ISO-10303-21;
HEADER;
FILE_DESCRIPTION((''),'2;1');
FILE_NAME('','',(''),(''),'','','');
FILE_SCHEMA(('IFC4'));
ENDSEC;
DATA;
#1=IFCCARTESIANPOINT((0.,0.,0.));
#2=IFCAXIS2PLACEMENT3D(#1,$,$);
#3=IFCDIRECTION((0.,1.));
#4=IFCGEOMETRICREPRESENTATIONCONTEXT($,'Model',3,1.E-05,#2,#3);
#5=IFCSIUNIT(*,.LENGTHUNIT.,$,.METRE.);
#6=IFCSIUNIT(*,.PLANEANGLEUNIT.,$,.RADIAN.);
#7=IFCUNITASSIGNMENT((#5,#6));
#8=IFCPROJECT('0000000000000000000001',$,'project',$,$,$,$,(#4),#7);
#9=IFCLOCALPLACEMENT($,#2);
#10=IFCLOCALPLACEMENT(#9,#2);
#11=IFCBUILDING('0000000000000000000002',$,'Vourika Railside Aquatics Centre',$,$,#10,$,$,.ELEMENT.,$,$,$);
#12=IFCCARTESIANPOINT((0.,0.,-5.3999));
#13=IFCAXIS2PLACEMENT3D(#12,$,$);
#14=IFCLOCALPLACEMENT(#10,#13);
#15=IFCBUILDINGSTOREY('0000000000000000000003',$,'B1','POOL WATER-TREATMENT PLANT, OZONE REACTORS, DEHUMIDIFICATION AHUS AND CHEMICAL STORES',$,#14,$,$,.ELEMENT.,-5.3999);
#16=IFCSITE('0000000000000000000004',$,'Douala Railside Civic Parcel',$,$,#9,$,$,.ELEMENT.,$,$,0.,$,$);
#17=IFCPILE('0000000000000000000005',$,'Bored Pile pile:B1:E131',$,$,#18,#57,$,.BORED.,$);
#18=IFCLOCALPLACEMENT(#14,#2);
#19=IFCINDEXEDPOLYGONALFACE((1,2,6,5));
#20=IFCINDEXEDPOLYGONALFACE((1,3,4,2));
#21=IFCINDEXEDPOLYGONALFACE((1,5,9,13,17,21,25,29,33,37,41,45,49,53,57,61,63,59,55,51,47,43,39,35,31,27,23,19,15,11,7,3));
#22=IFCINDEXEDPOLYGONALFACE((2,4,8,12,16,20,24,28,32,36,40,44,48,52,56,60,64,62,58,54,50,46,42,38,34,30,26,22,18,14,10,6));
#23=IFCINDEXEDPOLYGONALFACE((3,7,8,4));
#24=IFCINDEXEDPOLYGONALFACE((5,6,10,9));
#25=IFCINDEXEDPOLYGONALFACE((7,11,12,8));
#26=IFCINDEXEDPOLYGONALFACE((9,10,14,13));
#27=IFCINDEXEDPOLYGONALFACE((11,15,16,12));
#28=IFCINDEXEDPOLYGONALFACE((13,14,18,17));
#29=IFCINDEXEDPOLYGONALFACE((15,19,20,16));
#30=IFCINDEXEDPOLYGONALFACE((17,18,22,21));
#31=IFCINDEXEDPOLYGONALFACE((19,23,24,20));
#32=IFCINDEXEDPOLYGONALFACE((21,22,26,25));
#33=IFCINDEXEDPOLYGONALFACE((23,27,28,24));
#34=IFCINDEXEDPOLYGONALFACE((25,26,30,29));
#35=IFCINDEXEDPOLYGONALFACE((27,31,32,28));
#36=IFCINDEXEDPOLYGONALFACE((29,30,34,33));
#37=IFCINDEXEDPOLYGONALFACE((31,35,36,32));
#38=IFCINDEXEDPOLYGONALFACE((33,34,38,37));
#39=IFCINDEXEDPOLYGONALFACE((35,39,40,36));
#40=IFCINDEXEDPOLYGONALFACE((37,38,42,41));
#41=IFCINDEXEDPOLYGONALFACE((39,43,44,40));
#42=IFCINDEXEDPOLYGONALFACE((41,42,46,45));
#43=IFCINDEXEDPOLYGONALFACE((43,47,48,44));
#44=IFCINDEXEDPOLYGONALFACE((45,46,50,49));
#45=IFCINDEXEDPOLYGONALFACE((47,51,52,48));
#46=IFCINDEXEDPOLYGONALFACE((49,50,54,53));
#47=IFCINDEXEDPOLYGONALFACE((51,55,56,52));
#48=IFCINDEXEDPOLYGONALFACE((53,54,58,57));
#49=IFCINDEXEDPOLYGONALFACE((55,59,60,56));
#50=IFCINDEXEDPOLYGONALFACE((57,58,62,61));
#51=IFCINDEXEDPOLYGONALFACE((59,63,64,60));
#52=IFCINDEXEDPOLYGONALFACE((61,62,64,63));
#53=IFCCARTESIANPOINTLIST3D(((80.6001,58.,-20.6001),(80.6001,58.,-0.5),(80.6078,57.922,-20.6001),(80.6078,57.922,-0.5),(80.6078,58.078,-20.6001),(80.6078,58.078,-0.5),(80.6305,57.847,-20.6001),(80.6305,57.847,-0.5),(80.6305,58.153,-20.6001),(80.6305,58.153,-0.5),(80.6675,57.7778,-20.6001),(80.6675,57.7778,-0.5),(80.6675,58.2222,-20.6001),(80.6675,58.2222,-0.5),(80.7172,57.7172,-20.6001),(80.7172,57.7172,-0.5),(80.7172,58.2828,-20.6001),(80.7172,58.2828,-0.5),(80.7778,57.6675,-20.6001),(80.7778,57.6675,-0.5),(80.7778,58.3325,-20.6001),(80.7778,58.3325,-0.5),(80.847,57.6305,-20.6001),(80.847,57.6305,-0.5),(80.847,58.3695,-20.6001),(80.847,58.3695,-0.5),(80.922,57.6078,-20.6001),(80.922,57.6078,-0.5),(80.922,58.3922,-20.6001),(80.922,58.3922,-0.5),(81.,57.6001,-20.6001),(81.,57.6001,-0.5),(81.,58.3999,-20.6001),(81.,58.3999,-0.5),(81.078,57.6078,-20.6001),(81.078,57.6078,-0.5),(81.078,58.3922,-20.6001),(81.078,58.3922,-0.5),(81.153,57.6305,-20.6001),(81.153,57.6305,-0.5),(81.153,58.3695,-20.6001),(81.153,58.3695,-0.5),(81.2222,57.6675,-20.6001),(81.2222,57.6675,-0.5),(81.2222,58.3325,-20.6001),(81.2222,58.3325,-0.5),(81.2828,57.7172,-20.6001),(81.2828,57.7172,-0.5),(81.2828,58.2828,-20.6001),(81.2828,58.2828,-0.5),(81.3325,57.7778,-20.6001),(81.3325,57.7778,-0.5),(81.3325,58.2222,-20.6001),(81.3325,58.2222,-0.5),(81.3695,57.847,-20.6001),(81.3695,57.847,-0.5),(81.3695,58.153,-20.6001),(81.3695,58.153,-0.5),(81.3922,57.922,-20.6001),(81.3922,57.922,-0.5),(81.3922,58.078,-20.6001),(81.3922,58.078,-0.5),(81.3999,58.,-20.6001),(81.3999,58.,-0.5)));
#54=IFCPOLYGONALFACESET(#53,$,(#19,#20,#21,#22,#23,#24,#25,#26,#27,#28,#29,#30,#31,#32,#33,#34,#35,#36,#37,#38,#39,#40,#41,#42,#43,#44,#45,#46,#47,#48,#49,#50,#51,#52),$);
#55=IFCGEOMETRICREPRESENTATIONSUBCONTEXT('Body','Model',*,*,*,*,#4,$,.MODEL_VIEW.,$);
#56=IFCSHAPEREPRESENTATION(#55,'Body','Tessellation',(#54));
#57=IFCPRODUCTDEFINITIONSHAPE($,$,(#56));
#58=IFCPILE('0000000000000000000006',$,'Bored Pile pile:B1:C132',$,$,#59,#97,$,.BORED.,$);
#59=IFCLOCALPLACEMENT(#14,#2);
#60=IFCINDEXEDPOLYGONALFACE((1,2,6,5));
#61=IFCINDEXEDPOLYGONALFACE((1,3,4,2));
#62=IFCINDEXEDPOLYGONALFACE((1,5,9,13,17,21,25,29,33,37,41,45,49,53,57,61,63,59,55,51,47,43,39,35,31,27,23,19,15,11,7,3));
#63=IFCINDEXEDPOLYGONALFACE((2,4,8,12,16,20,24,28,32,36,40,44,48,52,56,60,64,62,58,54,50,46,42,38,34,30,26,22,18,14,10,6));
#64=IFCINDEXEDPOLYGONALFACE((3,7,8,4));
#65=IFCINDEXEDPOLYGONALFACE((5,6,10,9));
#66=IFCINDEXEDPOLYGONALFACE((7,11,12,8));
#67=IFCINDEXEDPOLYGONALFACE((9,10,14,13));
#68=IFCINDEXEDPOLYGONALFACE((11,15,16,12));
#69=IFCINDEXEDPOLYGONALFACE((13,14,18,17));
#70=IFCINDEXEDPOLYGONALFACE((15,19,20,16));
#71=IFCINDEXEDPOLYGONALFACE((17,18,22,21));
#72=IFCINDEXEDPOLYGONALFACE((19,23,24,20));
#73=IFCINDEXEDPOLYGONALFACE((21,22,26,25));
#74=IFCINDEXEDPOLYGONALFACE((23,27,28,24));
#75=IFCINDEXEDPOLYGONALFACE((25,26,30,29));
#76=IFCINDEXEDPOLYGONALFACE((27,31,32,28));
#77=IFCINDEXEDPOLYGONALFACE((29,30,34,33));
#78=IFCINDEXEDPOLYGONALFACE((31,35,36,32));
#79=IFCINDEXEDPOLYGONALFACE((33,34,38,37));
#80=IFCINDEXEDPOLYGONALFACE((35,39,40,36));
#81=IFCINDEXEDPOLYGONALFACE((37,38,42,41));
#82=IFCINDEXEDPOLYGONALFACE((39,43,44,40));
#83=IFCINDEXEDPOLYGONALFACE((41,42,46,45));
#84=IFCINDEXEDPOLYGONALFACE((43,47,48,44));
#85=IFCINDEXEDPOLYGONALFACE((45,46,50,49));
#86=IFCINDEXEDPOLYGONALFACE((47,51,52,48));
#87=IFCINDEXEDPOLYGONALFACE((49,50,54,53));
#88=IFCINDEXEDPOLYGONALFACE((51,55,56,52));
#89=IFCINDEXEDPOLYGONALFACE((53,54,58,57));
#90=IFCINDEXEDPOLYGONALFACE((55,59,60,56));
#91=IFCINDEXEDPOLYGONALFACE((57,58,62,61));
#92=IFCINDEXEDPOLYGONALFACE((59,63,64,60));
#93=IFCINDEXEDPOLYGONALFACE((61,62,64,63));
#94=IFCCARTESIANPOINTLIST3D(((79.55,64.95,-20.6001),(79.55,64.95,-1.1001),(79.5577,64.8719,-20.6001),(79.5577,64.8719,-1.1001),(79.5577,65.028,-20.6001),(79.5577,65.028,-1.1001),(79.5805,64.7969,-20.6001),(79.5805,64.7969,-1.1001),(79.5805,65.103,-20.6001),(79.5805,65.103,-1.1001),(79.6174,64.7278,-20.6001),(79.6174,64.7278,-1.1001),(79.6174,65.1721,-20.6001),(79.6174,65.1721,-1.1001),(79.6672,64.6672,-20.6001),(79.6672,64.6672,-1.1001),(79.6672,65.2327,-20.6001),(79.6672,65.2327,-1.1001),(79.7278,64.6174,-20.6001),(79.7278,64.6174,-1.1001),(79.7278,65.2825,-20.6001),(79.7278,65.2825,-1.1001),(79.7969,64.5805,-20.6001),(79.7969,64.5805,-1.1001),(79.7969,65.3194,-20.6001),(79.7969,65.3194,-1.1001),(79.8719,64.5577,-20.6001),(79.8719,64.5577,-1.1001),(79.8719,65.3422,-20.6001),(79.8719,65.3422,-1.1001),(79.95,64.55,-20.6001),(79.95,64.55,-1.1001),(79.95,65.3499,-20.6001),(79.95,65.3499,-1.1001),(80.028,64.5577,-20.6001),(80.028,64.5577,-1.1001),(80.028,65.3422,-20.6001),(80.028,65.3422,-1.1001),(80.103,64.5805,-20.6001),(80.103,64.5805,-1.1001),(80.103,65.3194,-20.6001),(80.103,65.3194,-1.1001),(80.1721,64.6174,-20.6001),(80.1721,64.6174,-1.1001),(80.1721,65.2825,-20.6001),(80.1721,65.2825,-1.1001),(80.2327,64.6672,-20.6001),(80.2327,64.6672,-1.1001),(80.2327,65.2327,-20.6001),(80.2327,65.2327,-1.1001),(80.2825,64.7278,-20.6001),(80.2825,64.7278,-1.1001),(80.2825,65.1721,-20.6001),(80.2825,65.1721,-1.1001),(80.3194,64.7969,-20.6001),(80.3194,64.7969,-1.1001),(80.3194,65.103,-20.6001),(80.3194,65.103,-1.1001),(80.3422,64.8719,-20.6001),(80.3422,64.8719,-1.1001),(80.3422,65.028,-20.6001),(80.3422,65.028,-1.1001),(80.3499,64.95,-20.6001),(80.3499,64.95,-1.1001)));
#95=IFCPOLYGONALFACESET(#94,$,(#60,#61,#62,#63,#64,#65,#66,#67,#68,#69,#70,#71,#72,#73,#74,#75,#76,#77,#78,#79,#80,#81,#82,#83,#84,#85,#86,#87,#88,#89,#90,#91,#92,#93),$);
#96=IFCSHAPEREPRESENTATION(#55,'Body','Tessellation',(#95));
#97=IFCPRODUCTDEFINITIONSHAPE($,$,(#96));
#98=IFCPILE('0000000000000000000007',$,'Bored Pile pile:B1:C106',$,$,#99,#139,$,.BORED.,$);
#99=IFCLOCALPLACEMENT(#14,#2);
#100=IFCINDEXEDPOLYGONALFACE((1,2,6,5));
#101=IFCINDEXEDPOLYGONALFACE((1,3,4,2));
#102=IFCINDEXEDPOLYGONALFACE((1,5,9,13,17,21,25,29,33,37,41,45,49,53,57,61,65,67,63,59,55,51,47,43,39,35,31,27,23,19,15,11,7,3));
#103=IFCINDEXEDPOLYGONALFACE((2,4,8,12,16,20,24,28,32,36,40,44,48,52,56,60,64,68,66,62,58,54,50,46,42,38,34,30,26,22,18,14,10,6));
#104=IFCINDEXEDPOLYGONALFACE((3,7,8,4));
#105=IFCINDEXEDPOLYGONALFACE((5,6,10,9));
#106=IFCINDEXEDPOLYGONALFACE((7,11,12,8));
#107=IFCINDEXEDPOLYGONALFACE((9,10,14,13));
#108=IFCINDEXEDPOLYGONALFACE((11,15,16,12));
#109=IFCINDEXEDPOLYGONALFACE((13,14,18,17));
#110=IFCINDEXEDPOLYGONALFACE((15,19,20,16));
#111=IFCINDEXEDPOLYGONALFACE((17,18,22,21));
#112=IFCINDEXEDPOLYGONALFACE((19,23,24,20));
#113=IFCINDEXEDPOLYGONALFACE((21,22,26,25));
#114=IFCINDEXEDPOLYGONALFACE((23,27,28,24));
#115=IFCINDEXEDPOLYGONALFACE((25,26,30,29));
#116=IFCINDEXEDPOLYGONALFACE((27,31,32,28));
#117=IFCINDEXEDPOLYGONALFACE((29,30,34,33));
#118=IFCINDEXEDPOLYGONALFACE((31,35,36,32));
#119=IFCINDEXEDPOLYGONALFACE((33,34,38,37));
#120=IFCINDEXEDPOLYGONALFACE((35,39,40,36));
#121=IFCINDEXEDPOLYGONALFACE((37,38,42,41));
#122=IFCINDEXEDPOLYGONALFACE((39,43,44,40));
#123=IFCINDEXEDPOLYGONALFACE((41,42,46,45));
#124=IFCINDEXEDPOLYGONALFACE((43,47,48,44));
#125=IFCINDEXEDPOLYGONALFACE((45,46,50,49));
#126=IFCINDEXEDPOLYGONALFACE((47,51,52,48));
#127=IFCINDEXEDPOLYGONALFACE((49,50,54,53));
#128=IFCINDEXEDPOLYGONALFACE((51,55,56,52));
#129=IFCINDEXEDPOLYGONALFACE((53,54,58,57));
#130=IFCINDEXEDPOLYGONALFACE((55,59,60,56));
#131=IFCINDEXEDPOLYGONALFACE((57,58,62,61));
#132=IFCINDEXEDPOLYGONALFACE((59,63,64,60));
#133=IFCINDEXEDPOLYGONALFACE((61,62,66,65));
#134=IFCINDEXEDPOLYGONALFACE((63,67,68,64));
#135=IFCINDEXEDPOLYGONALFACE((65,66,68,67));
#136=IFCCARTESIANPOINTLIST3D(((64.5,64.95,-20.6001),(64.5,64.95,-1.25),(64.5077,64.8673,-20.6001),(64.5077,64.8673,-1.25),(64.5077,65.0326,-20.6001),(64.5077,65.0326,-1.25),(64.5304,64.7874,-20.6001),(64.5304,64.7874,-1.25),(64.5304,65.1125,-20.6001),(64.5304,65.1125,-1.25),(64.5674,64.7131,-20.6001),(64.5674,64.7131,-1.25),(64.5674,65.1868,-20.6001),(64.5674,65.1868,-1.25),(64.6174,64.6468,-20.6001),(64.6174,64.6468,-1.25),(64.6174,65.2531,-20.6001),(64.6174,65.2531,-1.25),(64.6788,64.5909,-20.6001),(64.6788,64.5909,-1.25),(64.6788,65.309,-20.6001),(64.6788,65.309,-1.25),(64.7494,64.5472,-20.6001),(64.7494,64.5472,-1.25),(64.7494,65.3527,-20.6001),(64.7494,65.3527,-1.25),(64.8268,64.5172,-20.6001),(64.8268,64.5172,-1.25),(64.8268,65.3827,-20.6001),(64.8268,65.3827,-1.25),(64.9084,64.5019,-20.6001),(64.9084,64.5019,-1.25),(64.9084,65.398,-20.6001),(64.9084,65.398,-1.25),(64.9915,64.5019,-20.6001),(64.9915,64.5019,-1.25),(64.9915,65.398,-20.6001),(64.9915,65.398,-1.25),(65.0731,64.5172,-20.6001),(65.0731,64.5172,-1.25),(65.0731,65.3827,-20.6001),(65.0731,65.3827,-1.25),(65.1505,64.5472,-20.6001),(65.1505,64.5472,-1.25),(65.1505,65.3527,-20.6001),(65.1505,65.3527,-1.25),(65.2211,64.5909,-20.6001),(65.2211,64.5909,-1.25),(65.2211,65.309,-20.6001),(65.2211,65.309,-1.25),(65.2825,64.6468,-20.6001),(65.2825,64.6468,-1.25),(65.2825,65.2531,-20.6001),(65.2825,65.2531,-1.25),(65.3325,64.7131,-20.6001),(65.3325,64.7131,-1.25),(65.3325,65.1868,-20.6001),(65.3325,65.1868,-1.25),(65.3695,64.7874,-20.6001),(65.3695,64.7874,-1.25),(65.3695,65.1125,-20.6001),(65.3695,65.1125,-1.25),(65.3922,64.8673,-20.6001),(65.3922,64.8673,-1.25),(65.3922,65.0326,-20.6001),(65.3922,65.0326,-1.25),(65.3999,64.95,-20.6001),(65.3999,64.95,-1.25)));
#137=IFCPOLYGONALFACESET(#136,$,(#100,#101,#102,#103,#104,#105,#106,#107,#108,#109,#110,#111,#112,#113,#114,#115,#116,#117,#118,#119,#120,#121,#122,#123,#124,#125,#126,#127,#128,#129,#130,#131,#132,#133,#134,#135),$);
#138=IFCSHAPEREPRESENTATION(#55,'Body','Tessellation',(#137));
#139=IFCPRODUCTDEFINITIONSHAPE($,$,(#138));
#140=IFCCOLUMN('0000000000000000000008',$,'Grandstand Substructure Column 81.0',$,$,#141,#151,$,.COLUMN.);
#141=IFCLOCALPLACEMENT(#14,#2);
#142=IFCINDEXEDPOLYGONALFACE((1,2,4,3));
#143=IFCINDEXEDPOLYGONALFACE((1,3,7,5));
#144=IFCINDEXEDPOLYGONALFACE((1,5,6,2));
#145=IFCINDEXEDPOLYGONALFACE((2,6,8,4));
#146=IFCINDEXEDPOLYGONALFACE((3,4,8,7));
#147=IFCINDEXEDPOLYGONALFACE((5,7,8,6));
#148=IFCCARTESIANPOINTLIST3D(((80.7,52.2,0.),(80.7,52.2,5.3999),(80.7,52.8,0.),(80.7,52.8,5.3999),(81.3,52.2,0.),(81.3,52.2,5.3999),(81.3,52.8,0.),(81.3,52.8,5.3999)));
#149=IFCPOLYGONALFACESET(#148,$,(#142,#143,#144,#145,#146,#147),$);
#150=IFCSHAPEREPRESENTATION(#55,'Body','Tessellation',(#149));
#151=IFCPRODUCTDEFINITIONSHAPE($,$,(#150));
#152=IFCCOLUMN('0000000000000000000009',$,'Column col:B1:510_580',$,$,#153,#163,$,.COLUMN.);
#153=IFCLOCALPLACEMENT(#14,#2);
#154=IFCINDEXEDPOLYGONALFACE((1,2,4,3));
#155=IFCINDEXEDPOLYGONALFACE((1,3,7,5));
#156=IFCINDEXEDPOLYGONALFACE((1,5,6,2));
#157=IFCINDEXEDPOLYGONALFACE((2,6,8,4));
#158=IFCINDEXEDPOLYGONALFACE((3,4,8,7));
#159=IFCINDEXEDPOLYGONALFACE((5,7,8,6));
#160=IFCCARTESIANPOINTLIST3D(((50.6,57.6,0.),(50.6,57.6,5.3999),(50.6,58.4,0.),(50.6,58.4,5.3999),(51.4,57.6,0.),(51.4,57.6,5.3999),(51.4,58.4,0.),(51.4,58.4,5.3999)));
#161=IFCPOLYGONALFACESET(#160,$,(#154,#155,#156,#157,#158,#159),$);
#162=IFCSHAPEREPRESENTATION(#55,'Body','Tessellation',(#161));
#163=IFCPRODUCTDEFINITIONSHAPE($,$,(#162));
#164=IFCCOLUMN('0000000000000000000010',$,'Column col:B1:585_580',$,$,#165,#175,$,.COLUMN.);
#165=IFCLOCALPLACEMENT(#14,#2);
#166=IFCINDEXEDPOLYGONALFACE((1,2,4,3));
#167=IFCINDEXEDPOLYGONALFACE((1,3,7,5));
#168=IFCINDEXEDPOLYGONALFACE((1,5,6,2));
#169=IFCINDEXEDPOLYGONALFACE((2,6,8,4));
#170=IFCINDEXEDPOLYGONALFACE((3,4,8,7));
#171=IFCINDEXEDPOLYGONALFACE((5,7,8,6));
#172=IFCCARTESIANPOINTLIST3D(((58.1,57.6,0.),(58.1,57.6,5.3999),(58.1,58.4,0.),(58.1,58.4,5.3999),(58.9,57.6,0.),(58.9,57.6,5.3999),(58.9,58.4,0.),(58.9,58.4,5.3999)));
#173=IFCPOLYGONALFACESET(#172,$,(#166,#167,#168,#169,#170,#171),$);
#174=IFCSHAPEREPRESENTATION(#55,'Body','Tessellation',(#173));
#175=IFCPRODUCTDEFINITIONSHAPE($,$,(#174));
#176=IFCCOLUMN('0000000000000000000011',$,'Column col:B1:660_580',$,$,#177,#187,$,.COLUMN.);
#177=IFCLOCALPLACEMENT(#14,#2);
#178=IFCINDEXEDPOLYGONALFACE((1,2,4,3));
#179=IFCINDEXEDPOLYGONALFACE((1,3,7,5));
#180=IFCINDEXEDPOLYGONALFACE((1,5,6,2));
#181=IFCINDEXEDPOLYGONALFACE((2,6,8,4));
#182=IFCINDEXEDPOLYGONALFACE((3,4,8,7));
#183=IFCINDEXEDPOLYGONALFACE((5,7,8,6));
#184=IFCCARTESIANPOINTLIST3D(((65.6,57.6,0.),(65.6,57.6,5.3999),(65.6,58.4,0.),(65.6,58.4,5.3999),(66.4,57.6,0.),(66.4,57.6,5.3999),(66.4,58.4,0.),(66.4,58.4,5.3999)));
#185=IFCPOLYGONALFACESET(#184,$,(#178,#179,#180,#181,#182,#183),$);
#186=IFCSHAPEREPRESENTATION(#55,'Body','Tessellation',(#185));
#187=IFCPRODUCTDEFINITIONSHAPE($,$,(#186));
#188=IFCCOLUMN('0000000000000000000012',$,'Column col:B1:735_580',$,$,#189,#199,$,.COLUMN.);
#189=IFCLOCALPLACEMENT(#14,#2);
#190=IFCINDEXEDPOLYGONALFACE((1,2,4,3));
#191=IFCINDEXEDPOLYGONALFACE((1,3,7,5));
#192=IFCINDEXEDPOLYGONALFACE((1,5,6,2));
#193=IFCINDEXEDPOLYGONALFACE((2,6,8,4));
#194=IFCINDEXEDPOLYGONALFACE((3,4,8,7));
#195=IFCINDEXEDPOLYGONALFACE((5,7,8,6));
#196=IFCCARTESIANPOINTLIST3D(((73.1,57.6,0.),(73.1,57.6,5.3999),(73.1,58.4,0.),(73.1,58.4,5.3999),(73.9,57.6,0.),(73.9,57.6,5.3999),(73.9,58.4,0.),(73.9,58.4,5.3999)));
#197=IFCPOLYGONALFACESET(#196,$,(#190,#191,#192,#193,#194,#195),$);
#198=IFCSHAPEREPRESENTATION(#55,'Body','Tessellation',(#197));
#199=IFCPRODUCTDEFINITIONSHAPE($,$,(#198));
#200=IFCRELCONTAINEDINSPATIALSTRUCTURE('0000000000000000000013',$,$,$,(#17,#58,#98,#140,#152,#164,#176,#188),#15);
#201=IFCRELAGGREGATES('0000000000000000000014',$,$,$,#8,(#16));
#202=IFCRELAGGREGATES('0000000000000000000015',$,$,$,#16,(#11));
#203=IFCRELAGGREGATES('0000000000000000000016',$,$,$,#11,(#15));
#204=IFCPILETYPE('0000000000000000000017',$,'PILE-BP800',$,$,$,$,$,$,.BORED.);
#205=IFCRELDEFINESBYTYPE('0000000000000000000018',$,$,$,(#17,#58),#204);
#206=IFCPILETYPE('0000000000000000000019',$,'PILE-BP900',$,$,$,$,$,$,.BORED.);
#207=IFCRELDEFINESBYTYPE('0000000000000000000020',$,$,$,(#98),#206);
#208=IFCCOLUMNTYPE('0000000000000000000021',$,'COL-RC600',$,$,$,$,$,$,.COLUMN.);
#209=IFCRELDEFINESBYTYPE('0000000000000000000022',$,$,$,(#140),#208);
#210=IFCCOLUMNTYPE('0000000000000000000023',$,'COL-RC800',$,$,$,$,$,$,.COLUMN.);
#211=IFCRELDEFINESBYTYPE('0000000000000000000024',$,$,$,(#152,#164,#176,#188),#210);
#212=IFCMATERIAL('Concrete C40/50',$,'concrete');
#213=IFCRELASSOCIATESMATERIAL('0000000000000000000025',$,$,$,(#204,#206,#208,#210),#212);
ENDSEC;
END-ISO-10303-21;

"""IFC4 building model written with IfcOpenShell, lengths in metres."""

from ifc_helpers import new_model, si_unit, direction, frame, origin, origin_2d, place, context, subcontext, project, spatial, rectangle, circle, extrude, material, material_profile, profile_set, type_object, element, save


model = new_model("IFC4")

# Units and contexts
model_context = context("Model", 3, precision=1e-05, world=origin(), true_north=direction((0.0, 1.0)))
body_context = subcontext(model_context, "Body", "Model", "MODEL_VIEW")
ifc_project = project(units=[si_unit("LENGTHUNIT", "METRE"), si_unit("PLANEANGLEUNIT", "RADIAN")], contexts=[model_context])

# Site, building, storey
site_placement = place(None, origin())
site = spatial("IfcSite", under=ifc_project, at=site_placement, Name="Douala Railside Civic Parcel", CompositionType="ELEMENT", RefElevation=0.0)
building_placement = place(site_placement, origin())
building = spatial("IfcBuilding", under=site, at=building_placement, Name="Vourika Railside Aquatics Centre", CompositionType="ELEMENT")
storey_placement = place(building_placement, frame((0.0, 0.0, -5.3999)))
storey = spatial("IfcBuildingStorey", under=building, at=storey_placement, Name="B1", Description="POOL WATER-TREATMENT PLANT, OZONE REACTORS, DEHUMIDIFICATION AHUS AND CHEMICAL STORES", CompositionType="ELEMENT", Elevation=-5.3999)

# Shared definitions
ifc_material_1 = material(Name="Concrete C40/50", Category="concrete")

# Piles
ifc_material_profile_1 = material_profile(ifc_material_1, circle(Radius=0.3999, at=origin_2d()), Name="BP 800")
ifc_profile_set_1 = profile_set([ifc_material_profile_1], Name="Concrete C40/50")
pile_type_1 = type_object("IfcPileType", Name="PILE-BP800", PredefinedType="BORED", material=ifc_profile_set_1)
pile_1_placement = place(storey_placement, frame((81.0, 58.0, -0.5), z_axis=(0.0, 0.0, -1.0), x_axis=(1.0, 0.0, 0.0)))
element("IfcPile", 1, at=pile_1_placement, inside=storey, type_object=pile_type_1, Name="Bored Pile pile:B1:E131", PredefinedType="BORED", context=body_context, shape_type="SweptSolid", body=[
    extrude(circle(Radius=0.3999, at=origin_2d()), origin(), (0.0, 0.0, 1.0), 20.1001),
])
pile_2_placement = place(storey_placement, frame((79.95, 64.95, -1.1001), z_axis=(0.0, 0.0, -1.0), x_axis=(1.0, 0.0, 0.0)))
element("IfcPile", 2, at=pile_2_placement, inside=storey, type_object=pile_type_1, Name="Bored Pile pile:B1:C132", PredefinedType="BORED", context=body_context, shape_type="SweptSolid", body=[
    extrude(circle(Radius=0.3999, at=origin_2d()), origin(), (0.0, 0.0, 1.0), 19.5),
])
ifc_material_profile_2 = material_profile(ifc_material_1, circle(Radius=0.45, at=origin_2d()), Name="BP 900")
ifc_profile_set_2 = profile_set([ifc_material_profile_2], Name="Concrete C40/50")
pile_type_2 = type_object("IfcPileType", Name="PILE-BP900", PredefinedType="BORED", material=ifc_profile_set_2)
pile_3_placement = place(storey_placement, frame((64.95, 64.95, -1.25), z_axis=(0.0, 0.0, -1.0), x_axis=(1.0, 0.0, 0.0)))
element("IfcPile", 3, at=pile_3_placement, inside=storey, type_object=pile_type_2, Name="Bored Pile pile:B1:C106", PredefinedType="BORED", context=body_context, shape_type="SweptSolid", body=[
    extrude(circle(Radius=0.45, at=origin_2d()), origin(), (0.0, 0.0, 1.0), 19.3501),
])

# Columns
ifc_material_profile_3 = material_profile(ifc_material_1, rectangle(XDim=0.6001, YDim=0.6001, at=origin_2d()), Name="RC 600x600")
ifc_profile_set_3 = profile_set([ifc_material_profile_3], Name="Concrete C40/50")
column_type_1 = type_object("IfcColumnType", Name="COL-RC600", PredefinedType="COLUMN", material=ifc_profile_set_3)
column_placement = place(storey_placement, frame((81.0, 52.5, 0.0), z_axis=(0.0, 0.0, 1.0), x_axis=(1.0, 0.0, 0.0)))
element("IfcColumn", 4, at=column_placement, inside=storey, type_object=column_type_1, Name="Grandstand Substructure Column 81.0", PredefinedType="COLUMN", context=body_context, shape_type="SweptSolid", body=[
    extrude(rectangle(XDim=0.6001, YDim=0.6001, at=origin_2d()), origin(), (0.0, 0.0, 1.0), 5.3999),
])
ifc_material_profile_4 = material_profile(ifc_material_1, rectangle(XDim=0.8, YDim=0.8, at=origin_2d()), Name="RC 800x800")
ifc_profile_set_4 = profile_set([ifc_material_profile_4], Name="Concrete C40/50")
column_type_2 = type_object("IfcColumnType", Name="COL-RC800", PredefinedType="COLUMN", material=ifc_profile_set_4)
for number, where, z_axis, x_axis, name in (
    (5, (51.0, 58.0, 0.0), (0.0, 0.0, 1.0), (1.0, 0.0, 0.0), "Column col:B1:510_580"),
    (6, (58.5, 58.0, 0.0), (0.0, 0.0, 1.0), (1.0, 0.0, 0.0), "Column col:B1:585_580"),
    (7, (66.0, 58.0, 0.0), (0.0, 0.0, 1.0), (1.0, 0.0, 0.0), "Column col:B1:660_580"),
    (8, (73.5, 58.0, 0.0), (0.0, 0.0, 1.0), (1.0, 0.0, 0.0), "Column col:B1:735_580"),
):
    element("IfcColumn", number, at=place(storey_placement, frame(where, z_axis=z_axis, x_axis=x_axis)), inside=storey, type_object=column_type_2, Name=name, PredefinedType="COLUMN", context=body_context, shape_type="SweptSolid", body=[
        extrude(rectangle(XDim=0.8, YDim=0.8, at=origin_2d()), origin(), (0.0, 0.0, 1.0), 5.3999),
    ])

save(model, "model.ifc")
